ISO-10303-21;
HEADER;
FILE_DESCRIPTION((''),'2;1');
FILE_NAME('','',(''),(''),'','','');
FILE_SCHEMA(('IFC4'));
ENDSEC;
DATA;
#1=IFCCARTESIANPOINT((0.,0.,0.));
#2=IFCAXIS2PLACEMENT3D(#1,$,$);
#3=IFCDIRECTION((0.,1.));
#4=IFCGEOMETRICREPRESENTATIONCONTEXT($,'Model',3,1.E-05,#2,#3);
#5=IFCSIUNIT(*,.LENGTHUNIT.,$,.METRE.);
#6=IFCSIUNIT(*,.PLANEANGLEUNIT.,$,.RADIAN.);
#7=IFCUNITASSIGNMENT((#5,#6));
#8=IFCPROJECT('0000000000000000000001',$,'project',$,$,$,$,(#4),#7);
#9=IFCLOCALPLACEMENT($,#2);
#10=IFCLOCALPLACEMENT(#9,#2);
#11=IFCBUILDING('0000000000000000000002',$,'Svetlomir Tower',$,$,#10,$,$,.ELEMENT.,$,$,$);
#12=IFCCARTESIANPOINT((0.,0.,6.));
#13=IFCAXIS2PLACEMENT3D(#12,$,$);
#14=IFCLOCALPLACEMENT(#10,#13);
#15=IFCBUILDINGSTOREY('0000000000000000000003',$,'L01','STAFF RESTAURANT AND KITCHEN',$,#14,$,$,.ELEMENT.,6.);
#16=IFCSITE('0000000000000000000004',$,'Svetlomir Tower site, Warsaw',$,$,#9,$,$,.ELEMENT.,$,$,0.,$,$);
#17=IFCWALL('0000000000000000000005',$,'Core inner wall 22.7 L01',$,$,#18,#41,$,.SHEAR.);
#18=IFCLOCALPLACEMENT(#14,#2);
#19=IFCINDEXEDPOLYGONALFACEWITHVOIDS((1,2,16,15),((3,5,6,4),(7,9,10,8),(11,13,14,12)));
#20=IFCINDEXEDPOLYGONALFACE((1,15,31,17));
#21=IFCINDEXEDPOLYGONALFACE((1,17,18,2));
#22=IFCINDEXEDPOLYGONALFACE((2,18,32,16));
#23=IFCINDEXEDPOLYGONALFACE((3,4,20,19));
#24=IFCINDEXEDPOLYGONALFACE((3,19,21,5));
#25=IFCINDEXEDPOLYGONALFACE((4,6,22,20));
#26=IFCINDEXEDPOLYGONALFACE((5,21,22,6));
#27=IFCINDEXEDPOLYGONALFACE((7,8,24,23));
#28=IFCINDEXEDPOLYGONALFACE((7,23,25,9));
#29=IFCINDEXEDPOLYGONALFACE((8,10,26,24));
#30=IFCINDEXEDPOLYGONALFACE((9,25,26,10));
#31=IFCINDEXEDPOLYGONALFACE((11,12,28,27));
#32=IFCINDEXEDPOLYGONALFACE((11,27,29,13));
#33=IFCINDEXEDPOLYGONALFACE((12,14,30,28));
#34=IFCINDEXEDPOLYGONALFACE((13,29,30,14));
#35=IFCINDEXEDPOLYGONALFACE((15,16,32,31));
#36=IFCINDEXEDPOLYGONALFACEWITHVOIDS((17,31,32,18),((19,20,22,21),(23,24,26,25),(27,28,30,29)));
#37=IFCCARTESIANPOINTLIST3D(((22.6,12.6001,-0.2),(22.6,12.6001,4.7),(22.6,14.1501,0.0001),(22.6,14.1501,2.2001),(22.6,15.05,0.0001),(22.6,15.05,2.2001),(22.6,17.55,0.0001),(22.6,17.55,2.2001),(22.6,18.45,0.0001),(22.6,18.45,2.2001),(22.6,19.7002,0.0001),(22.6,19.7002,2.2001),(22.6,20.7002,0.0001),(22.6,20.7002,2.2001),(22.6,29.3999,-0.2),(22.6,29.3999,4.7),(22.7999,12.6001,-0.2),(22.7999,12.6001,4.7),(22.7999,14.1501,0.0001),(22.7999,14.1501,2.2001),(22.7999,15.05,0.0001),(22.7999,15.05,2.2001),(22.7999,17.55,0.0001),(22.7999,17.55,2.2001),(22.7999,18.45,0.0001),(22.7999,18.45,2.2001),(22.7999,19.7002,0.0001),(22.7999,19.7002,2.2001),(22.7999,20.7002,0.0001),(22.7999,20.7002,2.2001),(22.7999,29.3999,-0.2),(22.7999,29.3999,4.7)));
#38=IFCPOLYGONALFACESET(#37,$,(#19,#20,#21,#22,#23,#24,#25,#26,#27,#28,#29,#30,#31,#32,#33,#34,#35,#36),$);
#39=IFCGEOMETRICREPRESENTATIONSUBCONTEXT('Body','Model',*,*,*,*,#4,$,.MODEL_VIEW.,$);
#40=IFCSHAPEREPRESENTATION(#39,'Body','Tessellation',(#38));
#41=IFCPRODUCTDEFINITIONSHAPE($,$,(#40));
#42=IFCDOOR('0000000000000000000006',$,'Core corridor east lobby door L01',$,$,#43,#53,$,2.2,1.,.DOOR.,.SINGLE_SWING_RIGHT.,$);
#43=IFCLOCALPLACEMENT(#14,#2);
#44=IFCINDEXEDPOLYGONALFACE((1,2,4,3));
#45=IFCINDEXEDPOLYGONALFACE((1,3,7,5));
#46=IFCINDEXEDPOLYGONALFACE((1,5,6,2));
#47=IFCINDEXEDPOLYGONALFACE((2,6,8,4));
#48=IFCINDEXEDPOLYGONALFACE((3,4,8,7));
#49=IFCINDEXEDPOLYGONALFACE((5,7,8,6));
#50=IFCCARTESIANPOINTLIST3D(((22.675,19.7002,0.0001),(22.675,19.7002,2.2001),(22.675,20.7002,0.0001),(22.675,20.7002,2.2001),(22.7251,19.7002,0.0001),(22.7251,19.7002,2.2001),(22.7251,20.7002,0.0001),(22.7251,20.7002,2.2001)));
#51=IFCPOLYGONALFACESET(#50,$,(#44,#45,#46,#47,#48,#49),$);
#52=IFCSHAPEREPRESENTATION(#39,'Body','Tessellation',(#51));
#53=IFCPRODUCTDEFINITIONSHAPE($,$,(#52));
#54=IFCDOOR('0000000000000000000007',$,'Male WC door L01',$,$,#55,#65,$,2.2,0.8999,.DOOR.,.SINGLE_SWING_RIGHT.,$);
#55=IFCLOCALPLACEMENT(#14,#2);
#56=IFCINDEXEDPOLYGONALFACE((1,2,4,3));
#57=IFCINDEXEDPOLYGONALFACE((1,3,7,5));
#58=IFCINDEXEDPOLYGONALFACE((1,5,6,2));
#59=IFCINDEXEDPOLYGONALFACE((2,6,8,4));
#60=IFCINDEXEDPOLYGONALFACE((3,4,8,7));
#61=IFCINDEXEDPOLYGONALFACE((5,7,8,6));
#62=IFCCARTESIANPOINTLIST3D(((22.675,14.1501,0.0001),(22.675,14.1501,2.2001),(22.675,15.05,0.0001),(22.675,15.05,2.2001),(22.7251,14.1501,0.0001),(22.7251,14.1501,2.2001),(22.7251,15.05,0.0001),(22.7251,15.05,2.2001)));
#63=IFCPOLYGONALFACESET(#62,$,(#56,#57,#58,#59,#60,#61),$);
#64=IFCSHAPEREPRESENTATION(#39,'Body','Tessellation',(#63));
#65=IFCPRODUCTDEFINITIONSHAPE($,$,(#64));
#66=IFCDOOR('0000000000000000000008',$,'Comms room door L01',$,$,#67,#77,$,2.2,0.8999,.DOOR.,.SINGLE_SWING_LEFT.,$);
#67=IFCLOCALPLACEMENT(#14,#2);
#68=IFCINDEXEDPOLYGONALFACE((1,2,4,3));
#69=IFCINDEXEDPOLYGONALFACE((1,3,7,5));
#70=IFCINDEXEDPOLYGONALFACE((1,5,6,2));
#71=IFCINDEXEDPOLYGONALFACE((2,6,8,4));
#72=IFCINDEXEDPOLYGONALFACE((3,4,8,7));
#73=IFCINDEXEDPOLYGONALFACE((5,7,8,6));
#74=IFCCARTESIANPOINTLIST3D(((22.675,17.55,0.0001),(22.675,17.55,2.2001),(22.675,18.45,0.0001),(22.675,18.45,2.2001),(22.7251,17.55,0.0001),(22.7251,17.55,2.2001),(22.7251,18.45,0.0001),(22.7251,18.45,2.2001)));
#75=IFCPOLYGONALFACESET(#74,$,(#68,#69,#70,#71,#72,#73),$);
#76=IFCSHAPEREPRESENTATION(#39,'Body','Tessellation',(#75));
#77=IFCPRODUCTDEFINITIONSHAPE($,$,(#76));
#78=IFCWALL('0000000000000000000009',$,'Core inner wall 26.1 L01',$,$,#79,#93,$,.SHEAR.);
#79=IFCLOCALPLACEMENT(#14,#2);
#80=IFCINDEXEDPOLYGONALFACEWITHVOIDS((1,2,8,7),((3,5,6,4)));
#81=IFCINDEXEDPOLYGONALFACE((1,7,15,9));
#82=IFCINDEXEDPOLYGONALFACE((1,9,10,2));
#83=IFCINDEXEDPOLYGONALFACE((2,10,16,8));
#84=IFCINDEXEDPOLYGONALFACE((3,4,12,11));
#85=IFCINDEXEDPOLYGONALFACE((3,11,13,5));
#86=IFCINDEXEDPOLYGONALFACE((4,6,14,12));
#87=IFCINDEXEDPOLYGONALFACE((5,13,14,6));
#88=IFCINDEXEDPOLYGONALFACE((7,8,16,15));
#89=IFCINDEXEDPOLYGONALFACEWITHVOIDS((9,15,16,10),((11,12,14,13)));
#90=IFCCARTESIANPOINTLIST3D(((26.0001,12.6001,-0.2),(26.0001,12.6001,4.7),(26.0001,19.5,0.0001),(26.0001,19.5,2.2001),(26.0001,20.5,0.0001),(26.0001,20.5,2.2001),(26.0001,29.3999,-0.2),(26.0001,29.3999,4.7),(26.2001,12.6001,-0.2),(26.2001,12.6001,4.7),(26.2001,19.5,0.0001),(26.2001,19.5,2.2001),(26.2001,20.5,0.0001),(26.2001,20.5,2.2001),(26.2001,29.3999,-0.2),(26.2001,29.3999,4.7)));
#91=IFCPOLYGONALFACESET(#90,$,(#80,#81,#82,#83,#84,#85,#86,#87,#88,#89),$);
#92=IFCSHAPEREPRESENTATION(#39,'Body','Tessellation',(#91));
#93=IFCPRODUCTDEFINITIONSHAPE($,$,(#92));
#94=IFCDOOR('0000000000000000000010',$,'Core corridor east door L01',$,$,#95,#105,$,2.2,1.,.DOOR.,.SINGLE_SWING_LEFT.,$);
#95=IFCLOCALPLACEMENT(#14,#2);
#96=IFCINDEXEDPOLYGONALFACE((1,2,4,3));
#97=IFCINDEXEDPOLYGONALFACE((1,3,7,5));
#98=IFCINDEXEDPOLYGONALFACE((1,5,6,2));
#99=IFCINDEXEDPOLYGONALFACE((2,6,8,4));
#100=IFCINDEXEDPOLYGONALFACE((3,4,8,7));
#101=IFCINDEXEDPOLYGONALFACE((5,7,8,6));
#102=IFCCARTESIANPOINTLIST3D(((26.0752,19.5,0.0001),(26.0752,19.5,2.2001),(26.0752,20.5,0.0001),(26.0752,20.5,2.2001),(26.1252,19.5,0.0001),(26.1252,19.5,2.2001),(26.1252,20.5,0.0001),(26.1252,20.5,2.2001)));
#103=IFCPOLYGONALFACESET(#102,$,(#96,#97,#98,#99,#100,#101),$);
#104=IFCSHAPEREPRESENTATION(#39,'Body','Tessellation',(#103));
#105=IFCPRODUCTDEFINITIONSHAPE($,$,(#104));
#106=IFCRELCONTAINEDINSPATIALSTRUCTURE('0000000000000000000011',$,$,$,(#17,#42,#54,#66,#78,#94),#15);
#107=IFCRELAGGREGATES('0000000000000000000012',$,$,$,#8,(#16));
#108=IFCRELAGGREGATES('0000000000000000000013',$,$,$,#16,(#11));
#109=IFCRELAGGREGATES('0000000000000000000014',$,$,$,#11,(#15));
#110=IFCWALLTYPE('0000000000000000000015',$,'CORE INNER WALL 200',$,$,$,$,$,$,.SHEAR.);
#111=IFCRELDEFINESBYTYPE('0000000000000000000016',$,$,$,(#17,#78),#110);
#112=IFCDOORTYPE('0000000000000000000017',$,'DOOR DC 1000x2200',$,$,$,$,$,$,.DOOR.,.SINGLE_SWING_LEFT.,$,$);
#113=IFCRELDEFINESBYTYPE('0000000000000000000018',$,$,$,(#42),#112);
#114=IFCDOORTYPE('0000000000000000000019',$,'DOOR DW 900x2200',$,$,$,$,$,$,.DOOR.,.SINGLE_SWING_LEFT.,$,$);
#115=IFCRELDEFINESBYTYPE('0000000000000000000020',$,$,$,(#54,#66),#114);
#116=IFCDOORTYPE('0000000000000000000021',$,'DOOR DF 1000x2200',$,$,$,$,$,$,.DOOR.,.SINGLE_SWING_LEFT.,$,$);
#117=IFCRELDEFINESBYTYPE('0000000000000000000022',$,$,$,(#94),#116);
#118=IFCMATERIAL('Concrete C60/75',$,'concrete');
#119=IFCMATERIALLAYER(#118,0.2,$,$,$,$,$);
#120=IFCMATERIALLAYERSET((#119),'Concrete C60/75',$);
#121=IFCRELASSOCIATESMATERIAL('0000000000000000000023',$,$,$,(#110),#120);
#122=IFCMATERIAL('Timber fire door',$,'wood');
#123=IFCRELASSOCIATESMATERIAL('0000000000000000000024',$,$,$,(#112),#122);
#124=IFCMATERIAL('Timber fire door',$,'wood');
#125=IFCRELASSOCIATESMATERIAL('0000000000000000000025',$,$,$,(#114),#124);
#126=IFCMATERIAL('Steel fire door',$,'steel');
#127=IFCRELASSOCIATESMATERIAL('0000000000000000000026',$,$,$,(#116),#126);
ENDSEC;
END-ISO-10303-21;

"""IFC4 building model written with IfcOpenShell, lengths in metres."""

from ifc_helpers import new_model, si_unit, direction, frame, frame_2d, origin, place, context, subcontext, project, spatial, rectangle, extrude, material, layer, layer_set, type_object, element, fill, save


model = new_model("IFC4")

# Units and contexts
model_context = context("Model", 3, precision=1e-05, world=origin(), true_north=direction((0.0, 1.0)))
body_context = subcontext(model_context, "Body", "Model", "MODEL_VIEW")
ifc_project = project(units=[si_unit("LENGTHUNIT", "METRE"), si_unit("PLANEANGLEUNIT", "RADIAN")], contexts=[model_context])

# Site, building, storey
site_placement = place(None, origin())
site = spatial("IfcSite", under=ifc_project, at=site_placement, Name="Svetlomir Tower site, Warsaw", CompositionType="ELEMENT", RefElevation=0.0)
building_placement = place(site_placement, origin())
building = spatial("IfcBuilding", under=site, at=building_placement, Name="Svetlomir Tower", CompositionType="ELEMENT")
storey_placement = place(building_placement, frame((0.0, 0.0, 6.0)))
storey = spatial("IfcBuildingStorey", under=building, at=storey_placement, Name="L01", Description="STAFF RESTAURANT AND KITCHEN", CompositionType="ELEMENT", Elevation=6.0)

# Wall, openings, doors
ifc_material_1 = material(Name="Concrete C60/75", Category="concrete")
ifc_layer = layer(ifc_material_1, 0.2)
ifc_layer_set = layer_set([ifc_layer], Name="Concrete C60/75")
wall_type = type_object("IfcWallType", Name="CORE INNER WALL 200", PredefinedType="SHEAR", material=ifc_layer_set)
ifc_material_2 = material(Name="Timber fire door", Category="wood")
door_type_1 = type_object("IfcDoorType", Name="DOOR DC 1000x2200", OperationType="SINGLE_SWING_LEFT", PredefinedType="DOOR", material=ifc_material_2)
ifc_material_3 = material(Name="Timber fire door", Category="wood")
door_type_2 = type_object("IfcDoorType", Name="DOOR DW 900x2200", OperationType="SINGLE_SWING_LEFT", PredefinedType="DOOR", material=ifc_material_3)
wall_1_placement = place(storey_placement, frame((22.7, 12.6001, -0.2), z_axis=(0.0, 0.0, 1.0), x_axis=(0.0, 1.0, 0.0)))
wall_1 = element("IfcWall", 1, at=wall_1_placement, inside=storey, type_object=wall_type, Name="Core inner wall 22.7 L01", PredefinedType="SHEAR", context=body_context, shape_type="SweptSolid", body=[
    extrude(rectangle(XDim=16.7998, YDim=0.2, at=frame_2d((8.3999, 0.0))), origin(), (0.0, 0.0, 1.0), 4.8999),
])
opening_1_placement = place(wall_1_placement, frame((7.1001, 0.0, 0.2)))
opening_1 = element("IfcOpeningElement", 2, at=opening_1_placement, cuts=wall_1, PredefinedType="OPENING", context=body_context, shape_type="SweptSolid", body=[
    extrude(rectangle(XDim=1.0, YDim=2.2, at=frame_2d((0.5, 1.1001))), frame((0.0, 0.1099, 0.0), z_axis=(0.0, -1.0, 0.0), x_axis=(1.0, 0.0, 0.0)), (0.0, 0.0, 1.0), 0.22),
])
opening_2_placement = place(wall_1_placement, frame((1.55, 0.0, 0.2)))
opening_2 = element("IfcOpeningElement", 3, at=opening_2_placement, cuts=wall_1, PredefinedType="OPENING", context=body_context, shape_type="SweptSolid", body=[
    extrude(rectangle(XDim=0.8999, YDim=2.2, at=frame_2d((0.45, 1.1001))), frame((0.0, 0.1099, 0.0), z_axis=(0.0, -1.0, 0.0), x_axis=(1.0, 0.0, 0.0)), (0.0, 0.0, 1.0), 0.22),
])
opening_3_placement = place(wall_1_placement, frame((4.95, 0.0, 0.2)))
opening_3 = element("IfcOpeningElement", 4, at=opening_3_placement, cuts=wall_1, PredefinedType="OPENING", context=body_context, shape_type="SweptSolid", body=[
    extrude(rectangle(XDim=0.8999, YDim=2.2, at=frame_2d((0.45, 1.1001))), frame((0.0, 0.1099, 0.0), z_axis=(0.0, -1.0, 0.0), x_axis=(1.0, 0.0, 0.0)), (0.0, 0.0, 1.0), 0.22),
])
door_1_placement = place(opening_1_placement, origin())
door_1 = element("IfcDoor", 5, at=door_1_placement, inside=storey, type_object=door_type_1, Name="Core corridor east lobby door L01", OperationType="SINGLE_SWING_RIGHT", OverallHeight=2.2, OverallWidth=1.0, PredefinedType="DOOR", context=body_context, shape_type="SweptSolid", body=[
    extrude(rectangle(XDim=1.0, YDim=2.2, at=frame_2d((0.5, 1.1001))), frame((0.0, 0.0249, 0.0), z_axis=(0.0, -1.0, 0.0), x_axis=(1.0, 0.0, 0.0)), (0.0, 0.0, 1.0), 0.05),
])
fill(opening_1, door_1)
door_2_placement = place(opening_2_placement, origin())
door_2 = element("IfcDoor", 6, at=door_2_placement, inside=storey, type_object=door_type_2, Name="Male WC door L01", OperationType="SINGLE_SWING_RIGHT", OverallHeight=2.2, OverallWidth=0.8999, PredefinedType="DOOR", context=body_context, shape_type="SweptSolid", body=[
    extrude(rectangle(XDim=0.8999, YDim=2.2, at=frame_2d((0.45, 1.1001))), frame((0.0, 0.0249, 0.0), z_axis=(0.0, -1.0, 0.0), x_axis=(1.0, 0.0, 0.0)), (0.0, 0.0, 1.0), 0.05),
])
fill(opening_2, door_2)
door_3_placement = place(opening_3_placement, origin())
door_3 = element("IfcDoor", 7, at=door_3_placement, inside=storey, type_object=door_type_2, Name="Comms room door L01", OperationType="SINGLE_SWING_LEFT", OverallHeight=2.2, OverallWidth=0.8999, PredefinedType="DOOR", context=body_context, shape_type="SweptSolid", body=[
    extrude(rectangle(XDim=0.8999, YDim=2.2, at=frame_2d((0.45, 1.1001))), frame((0.0, 0.0249, 0.0), z_axis=(0.0, -1.0, 0.0), x_axis=(1.0, 0.0, 0.0)), (0.0, 0.0, 1.0), 0.05),
])
fill(opening_3, door_3)

# Wall, opening, door
wall_2_placement = place(storey_placement, frame((26.1001, 12.6001, -0.2), z_axis=(0.0, 0.0, 1.0), x_axis=(0.0, 1.0, 0.0)))
wall_2 = element("IfcWall", 8, at=wall_2_placement, inside=storey, type_object=wall_type, Name="Core inner wall 26.1 L01", PredefinedType="SHEAR", context=body_context, shape_type="SweptSolid", body=[
    extrude(rectangle(XDim=16.7998, YDim=0.2, at=frame_2d((8.3999, 0.0))), origin(), (0.0, 0.0, 1.0), 4.8999),
])
opening_4_placement = place(wall_2_placement, frame((6.8999, 0.0, 0.2)))
opening_4 = element("IfcOpeningElement", 9, at=opening_4_placement, cuts=wall_2, PredefinedType="OPENING", context=body_context, shape_type="SweptSolid", body=[
    extrude(rectangle(XDim=1.0, YDim=2.2, at=frame_2d((0.5, 1.1001))), frame((0.0, 0.1099, 0.0), z_axis=(0.0, -1.0, 0.0), x_axis=(1.0, 0.0, 0.0)), (0.0, 0.0, 1.0), 0.22),
])
ifc_material_4 = material(Name="Steel fire door", Category="steel")
door_type_3 = type_object("IfcDoorType", Name="DOOR DF 1000x2200", OperationType="SINGLE_SWING_LEFT", PredefinedType="DOOR", material=ifc_material_4)
door_4_placement = place(opening_4_placement, origin())
door_4 = element("IfcDoor", 10, at=door_4_placement, inside=storey, type_object=door_type_3, Name="Core corridor east door L01", OperationType="SINGLE_SWING_LEFT", OverallHeight=2.2, OverallWidth=1.0, PredefinedType="DOOR", context=body_context, shape_type="SweptSolid", body=[
    extrude(rectangle(XDim=1.0, YDim=2.2, at=frame_2d((0.5, 1.1001))), frame((0.0, 0.0249, 0.0), z_axis=(0.0, -1.0, 0.0), x_axis=(1.0, 0.0, 0.0)), (0.0, 0.0, 1.0), 0.05),
])
fill(opening_4, door_4)

save(model, "model.ifc")
